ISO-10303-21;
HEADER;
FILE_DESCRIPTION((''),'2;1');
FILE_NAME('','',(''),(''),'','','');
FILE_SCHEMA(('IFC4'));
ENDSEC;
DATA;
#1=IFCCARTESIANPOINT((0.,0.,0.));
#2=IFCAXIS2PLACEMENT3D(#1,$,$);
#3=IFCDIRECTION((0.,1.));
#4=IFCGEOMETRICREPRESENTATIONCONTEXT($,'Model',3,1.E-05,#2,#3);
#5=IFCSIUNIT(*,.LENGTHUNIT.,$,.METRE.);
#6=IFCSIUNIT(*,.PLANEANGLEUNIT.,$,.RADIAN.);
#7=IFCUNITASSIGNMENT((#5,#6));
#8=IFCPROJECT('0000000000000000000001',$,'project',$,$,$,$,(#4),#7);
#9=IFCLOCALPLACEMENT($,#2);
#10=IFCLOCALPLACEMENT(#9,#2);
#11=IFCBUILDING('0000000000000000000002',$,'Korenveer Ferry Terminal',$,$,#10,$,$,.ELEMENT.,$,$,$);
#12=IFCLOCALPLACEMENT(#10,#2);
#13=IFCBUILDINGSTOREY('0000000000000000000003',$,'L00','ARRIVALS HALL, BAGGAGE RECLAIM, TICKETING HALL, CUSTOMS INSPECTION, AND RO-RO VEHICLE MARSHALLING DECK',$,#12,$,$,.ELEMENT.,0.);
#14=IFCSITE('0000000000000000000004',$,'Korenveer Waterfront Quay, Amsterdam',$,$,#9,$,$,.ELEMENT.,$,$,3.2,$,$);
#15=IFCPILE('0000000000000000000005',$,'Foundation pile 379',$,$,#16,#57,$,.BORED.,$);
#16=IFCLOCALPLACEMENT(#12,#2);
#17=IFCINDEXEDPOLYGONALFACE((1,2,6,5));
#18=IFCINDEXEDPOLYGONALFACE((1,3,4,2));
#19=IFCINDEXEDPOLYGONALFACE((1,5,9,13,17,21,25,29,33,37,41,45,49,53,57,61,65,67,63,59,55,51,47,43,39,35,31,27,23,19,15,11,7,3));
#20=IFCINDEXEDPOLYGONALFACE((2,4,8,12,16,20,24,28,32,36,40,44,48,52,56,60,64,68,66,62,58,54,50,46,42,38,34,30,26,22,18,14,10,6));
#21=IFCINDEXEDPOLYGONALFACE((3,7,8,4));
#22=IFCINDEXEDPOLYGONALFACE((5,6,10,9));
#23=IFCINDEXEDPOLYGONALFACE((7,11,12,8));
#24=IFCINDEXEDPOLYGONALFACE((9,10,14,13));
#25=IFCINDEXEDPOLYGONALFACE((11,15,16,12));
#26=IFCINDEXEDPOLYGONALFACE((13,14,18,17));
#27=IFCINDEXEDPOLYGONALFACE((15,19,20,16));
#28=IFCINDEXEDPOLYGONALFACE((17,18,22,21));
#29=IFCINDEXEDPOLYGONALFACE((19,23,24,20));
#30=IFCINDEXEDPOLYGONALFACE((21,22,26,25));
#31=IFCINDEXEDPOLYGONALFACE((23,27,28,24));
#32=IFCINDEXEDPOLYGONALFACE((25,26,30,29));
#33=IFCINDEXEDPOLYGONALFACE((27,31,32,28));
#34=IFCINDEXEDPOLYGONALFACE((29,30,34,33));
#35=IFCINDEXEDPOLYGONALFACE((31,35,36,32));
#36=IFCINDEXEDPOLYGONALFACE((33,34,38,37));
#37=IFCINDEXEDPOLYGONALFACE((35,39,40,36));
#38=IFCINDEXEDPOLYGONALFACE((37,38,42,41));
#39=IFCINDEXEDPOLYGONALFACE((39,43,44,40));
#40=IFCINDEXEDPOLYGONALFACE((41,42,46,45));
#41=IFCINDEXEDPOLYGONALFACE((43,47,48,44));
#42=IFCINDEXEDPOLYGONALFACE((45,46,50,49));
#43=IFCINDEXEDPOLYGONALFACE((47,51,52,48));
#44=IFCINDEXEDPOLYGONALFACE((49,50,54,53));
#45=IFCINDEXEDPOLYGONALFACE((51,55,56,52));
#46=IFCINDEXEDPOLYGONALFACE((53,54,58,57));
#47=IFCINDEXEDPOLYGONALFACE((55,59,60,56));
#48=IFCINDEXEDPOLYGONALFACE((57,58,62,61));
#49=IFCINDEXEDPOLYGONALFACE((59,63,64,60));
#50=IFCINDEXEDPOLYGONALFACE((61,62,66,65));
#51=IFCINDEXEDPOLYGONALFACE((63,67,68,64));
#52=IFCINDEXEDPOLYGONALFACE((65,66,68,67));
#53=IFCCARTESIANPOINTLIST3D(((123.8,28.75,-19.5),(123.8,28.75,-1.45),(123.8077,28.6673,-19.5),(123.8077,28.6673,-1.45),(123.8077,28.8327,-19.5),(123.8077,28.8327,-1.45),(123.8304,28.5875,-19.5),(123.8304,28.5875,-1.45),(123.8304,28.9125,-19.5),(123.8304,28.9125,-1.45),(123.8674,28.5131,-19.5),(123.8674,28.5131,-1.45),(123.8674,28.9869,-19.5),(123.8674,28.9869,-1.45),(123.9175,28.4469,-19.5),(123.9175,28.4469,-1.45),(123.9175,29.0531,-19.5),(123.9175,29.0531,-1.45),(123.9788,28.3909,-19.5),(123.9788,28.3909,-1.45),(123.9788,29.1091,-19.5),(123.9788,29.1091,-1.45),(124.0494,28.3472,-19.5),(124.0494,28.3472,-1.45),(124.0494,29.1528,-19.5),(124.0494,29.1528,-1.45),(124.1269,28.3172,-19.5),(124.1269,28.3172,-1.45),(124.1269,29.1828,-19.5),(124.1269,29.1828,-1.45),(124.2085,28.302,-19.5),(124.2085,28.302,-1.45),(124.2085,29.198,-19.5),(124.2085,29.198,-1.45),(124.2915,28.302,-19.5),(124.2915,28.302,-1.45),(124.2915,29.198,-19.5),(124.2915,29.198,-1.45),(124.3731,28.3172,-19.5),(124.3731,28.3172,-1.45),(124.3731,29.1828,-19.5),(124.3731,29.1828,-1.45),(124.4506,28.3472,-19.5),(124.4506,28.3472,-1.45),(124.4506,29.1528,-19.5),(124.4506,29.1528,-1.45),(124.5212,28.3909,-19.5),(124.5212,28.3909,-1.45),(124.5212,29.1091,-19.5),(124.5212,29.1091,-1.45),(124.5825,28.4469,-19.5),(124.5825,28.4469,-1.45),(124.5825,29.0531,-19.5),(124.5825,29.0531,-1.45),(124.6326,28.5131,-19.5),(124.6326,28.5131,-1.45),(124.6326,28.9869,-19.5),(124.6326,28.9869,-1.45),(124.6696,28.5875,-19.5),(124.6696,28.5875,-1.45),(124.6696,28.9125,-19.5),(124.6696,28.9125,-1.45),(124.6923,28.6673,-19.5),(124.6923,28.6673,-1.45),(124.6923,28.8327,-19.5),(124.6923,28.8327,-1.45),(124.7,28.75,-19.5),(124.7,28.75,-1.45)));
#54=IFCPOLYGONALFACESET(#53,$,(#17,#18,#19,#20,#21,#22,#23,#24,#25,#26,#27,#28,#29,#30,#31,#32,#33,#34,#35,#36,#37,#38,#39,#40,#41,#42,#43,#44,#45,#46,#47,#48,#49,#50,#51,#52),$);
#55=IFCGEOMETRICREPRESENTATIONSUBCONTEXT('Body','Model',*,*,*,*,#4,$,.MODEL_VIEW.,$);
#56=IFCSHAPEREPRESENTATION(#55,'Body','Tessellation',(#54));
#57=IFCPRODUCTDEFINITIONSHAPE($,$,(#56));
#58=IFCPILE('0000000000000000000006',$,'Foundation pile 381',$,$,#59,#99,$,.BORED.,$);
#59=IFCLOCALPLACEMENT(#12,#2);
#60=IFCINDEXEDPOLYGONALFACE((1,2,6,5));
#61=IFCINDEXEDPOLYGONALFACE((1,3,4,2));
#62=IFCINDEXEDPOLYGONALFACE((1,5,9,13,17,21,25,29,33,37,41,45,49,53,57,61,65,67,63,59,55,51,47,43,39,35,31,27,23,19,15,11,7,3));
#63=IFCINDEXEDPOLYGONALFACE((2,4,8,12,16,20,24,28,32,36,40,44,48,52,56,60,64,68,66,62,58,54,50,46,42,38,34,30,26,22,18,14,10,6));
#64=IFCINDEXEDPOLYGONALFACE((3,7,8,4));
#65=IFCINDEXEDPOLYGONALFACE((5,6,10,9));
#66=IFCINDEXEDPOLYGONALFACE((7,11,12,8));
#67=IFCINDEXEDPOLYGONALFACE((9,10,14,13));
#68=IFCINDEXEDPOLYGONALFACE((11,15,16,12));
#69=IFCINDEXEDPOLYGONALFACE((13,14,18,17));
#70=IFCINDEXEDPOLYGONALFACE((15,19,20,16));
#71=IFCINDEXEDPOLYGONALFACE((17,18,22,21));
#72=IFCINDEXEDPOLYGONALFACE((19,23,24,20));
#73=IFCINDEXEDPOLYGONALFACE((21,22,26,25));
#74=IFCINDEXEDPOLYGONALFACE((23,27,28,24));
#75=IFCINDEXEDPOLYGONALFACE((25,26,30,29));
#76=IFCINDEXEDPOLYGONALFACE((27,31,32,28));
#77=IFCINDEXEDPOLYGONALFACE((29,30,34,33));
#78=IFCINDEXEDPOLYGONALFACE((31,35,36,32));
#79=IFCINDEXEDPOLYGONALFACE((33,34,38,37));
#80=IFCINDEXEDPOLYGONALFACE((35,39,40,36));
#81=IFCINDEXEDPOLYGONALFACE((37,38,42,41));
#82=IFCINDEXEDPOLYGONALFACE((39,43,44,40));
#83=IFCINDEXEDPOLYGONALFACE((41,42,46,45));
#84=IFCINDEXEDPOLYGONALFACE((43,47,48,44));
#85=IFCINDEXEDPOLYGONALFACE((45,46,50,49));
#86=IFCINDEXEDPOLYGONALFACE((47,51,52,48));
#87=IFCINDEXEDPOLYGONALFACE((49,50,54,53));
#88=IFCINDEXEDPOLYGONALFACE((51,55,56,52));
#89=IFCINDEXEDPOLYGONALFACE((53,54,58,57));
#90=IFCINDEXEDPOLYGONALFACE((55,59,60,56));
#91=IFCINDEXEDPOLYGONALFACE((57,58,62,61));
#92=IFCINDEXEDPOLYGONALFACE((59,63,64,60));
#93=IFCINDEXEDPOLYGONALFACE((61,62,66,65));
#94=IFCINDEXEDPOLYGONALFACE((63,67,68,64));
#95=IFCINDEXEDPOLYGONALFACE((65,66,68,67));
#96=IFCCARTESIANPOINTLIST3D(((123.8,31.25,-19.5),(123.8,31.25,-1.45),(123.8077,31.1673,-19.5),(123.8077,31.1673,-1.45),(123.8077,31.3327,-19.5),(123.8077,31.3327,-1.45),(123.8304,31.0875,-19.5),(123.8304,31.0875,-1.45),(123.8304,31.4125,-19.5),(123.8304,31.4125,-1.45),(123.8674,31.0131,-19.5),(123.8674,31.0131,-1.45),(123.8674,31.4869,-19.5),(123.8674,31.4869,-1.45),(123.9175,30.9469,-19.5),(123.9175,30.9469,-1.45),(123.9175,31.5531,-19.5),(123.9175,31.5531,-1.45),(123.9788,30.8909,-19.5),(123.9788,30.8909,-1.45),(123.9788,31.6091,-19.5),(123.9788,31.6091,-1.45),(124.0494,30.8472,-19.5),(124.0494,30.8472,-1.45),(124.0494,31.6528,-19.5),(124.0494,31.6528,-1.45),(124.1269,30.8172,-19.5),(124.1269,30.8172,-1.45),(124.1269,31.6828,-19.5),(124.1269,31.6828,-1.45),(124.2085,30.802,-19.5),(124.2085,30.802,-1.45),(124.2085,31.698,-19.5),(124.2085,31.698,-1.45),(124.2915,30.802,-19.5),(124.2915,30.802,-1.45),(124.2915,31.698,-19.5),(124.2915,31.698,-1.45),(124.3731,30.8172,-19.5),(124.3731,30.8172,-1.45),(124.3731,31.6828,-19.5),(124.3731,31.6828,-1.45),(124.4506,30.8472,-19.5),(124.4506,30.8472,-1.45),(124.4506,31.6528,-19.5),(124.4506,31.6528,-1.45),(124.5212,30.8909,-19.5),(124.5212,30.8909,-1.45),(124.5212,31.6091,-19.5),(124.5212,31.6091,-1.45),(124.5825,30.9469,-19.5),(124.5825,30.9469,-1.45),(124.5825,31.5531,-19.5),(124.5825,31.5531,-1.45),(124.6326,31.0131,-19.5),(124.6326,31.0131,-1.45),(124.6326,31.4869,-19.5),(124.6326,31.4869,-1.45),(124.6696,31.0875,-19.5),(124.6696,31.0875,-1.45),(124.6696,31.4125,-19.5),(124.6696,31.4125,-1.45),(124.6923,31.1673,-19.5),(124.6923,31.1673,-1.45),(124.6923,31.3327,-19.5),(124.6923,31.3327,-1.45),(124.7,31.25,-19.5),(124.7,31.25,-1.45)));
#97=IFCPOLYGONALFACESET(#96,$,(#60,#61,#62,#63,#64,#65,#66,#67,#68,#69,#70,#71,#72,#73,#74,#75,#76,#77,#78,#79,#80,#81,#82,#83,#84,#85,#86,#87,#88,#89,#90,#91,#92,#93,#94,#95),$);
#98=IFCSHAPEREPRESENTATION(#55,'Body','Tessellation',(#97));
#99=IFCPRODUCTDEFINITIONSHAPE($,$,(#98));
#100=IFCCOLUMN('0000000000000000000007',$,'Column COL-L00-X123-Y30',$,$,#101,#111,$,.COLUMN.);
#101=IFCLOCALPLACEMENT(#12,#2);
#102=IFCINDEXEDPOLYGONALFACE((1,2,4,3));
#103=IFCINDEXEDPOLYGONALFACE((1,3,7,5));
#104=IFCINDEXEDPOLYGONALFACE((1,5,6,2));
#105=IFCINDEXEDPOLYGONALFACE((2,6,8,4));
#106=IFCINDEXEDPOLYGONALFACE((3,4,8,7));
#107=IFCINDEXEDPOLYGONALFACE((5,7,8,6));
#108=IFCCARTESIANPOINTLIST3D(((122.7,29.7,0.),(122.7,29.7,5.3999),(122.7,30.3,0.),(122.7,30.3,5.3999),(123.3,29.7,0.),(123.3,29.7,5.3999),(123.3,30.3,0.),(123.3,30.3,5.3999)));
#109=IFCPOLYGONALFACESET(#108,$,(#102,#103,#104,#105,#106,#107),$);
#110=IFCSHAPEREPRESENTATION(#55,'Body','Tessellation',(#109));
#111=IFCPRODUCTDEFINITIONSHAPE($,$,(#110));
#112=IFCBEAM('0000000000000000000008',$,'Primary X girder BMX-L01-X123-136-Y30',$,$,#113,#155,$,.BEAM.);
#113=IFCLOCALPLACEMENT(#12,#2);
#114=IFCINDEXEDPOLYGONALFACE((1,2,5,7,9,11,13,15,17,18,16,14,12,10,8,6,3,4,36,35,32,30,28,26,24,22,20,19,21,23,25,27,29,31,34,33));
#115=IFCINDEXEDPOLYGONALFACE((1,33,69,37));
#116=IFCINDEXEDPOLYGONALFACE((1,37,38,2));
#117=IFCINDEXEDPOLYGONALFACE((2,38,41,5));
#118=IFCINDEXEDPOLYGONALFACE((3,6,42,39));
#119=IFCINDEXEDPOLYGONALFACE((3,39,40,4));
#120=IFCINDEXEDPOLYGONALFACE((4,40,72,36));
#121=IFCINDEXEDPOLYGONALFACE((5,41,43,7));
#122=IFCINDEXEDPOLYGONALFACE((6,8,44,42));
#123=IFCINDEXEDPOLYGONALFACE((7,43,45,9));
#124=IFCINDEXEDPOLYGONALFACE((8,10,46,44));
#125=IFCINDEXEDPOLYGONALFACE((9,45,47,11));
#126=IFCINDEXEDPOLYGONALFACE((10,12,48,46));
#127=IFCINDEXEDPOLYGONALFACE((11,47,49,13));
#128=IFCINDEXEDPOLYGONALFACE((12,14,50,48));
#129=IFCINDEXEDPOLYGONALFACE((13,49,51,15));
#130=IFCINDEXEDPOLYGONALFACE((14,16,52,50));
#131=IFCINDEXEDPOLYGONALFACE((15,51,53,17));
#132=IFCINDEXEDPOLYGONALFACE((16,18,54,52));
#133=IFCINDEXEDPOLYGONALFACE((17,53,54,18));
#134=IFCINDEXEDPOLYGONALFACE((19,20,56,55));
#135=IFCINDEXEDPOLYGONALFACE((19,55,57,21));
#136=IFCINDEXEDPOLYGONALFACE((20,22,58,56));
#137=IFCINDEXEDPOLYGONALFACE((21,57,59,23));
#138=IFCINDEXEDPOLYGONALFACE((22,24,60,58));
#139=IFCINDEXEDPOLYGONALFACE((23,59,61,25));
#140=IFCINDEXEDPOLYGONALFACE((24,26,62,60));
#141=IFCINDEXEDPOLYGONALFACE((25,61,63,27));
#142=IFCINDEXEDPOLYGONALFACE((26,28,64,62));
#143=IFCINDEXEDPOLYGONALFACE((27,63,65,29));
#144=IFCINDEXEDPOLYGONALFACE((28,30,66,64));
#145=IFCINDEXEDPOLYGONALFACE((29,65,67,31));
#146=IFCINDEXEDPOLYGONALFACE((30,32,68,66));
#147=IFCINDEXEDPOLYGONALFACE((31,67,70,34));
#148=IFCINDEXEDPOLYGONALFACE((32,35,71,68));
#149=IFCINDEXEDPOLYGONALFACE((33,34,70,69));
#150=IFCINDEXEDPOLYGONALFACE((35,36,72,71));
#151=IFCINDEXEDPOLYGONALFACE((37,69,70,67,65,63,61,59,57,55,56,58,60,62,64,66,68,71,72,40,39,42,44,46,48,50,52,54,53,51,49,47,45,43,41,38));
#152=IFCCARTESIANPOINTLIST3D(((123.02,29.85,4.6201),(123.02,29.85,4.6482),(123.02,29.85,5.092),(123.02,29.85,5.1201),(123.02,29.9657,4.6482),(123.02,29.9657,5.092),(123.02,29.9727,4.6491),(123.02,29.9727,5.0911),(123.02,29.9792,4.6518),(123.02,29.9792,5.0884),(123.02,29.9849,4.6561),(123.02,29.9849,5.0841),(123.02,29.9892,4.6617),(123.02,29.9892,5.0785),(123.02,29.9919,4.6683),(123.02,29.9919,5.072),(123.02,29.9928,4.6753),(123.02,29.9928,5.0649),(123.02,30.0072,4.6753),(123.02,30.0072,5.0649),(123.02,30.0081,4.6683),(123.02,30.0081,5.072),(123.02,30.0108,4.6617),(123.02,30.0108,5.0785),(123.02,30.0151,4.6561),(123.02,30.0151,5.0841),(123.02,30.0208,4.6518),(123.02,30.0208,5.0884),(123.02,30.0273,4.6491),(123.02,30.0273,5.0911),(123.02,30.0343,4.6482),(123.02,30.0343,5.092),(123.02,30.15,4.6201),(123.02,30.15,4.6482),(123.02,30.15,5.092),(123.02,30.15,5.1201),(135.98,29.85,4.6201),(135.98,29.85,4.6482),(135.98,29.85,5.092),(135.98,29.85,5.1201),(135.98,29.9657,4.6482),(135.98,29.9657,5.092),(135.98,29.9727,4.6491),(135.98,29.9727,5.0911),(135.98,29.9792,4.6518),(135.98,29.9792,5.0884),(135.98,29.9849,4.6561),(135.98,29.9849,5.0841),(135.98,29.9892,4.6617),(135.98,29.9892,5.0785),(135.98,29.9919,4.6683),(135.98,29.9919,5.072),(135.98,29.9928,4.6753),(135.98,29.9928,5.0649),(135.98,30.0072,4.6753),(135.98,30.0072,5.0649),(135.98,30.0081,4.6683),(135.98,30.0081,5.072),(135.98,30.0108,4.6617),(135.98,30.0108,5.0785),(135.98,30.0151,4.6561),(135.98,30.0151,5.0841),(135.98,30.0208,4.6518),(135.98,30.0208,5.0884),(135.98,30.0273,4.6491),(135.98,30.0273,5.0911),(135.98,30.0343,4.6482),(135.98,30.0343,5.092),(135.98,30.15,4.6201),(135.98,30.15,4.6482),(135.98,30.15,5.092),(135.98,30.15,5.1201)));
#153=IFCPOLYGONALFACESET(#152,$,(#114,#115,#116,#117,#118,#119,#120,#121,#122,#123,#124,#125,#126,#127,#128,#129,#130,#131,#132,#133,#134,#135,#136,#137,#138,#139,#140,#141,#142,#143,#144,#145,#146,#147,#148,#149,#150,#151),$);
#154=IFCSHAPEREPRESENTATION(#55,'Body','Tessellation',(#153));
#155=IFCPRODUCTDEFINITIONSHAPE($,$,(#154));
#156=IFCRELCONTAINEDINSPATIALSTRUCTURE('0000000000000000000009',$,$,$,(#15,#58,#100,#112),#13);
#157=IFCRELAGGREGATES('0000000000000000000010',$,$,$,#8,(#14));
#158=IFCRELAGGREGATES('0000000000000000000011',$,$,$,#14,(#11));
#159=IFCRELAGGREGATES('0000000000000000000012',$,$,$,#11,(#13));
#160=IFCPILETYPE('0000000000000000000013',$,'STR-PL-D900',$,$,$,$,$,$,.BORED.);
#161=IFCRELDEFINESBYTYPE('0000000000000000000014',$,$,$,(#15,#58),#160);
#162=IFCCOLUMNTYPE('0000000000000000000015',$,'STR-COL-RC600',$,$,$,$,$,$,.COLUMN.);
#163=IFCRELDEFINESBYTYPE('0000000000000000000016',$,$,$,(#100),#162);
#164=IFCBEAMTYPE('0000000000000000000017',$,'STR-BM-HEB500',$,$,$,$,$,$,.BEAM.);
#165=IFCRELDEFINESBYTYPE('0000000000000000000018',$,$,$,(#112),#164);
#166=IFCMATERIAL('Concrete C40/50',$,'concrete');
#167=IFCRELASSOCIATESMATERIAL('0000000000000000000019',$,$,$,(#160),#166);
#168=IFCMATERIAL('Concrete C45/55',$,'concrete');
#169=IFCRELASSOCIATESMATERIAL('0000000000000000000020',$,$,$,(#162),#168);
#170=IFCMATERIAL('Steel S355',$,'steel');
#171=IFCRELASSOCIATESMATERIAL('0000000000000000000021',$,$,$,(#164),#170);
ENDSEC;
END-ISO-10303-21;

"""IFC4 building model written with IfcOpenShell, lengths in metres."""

from ifc_helpers import new_model, si_unit, direction, frame, origin, origin_2d, place, context, subcontext, project, spatial, rectangle, circle, i_section, extrude, material, material_profile, profile_set, type_object, element, save


model = new_model("IFC4")

# Units and contexts
model_context = context("Model", 3, precision=1e-05, world=origin(), true_north=direction((0.0, 1.0)))
body_context = subcontext(model_context, "Body", "Model", "MODEL_VIEW")
ifc_project = project(units=[si_unit("LENGTHUNIT", "METRE"), si_unit("PLANEANGLEUNIT", "RADIAN")], contexts=[model_context])

# Site, building, storey
site_placement = place(None, origin())
site = spatial("IfcSite", under=ifc_project, at=site_placement, Name="Korenveer Waterfront Quay, Amsterdam", CompositionType="ELEMENT", RefElevation=3.2)
building_placement = place(site_placement, origin())
building = spatial("IfcBuilding", under=site, at=building_placement, Name="Korenveer Ferry Terminal", CompositionType="ELEMENT")
storey_placement = place(building_placement, origin())
storey = spatial("IfcBuildingStorey", under=building, at=storey_placement, Name="L00", Description="ARRIVALS HALL, BAGGAGE RECLAIM, TICKETING HALL, CUSTOMS INSPECTION, AND RO-RO VEHICLE MARSHALLING DECK", CompositionType="ELEMENT", Elevation=0.0)

# Shared definitions
ifc_material_1 = material(Name="Concrete C40/50", Category="concrete")
ifc_material_2 = material(Name="Concrete C45/55", Category="concrete")

# Piles
ifc_material_profile_1 = material_profile(ifc_material_1, circle(Radius=0.45, at=origin_2d()), Name="PILE D900")
ifc_profile_set_1 = profile_set([ifc_material_profile_1], Name="Concrete C40/50")
pile_type = type_object("IfcPileType", Name="STR-PL-D900", PredefinedType="BORED", material=ifc_profile_set_1)
for number, where, z_axis, x_axis, name in (
    (1, (124.25, 28.75, -1.45), (0.0, 0.0, -1.0), (1.0, 0.0, 0.0), "Foundation pile 379"),
    (2, (124.25, 31.25, -1.45), (0.0, 0.0, -1.0), (1.0, 0.0, 0.0), "Foundation pile 381"),
):
    element("IfcPile", number, at=place(storey_placement, frame(where, z_axis=z_axis, x_axis=x_axis)), inside=storey, type_object=pile_type, Name=name, PredefinedType="BORED", context=body_context, shape_type="SweptSolid", body=[
        extrude(circle(Radius=0.45, at=origin_2d()), origin(), (0.0, 0.0, 1.0), 18.05),
    ])

# Column
ifc_material_profile_2 = material_profile(ifc_material_2, rectangle(XDim=0.6001, YDim=0.6001, at=origin_2d()), Name="RC 600x600")
ifc_profile_set_2 = profile_set([ifc_material_profile_2], Name="Concrete C45/55")
column_type = type_object("IfcColumnType", Name="STR-COL-RC600", PredefinedType="COLUMN", material=ifc_profile_set_2)
column_placement = place(storey_placement, frame((123.0, 30.0, 0.0), z_axis=(0.0, 0.0, 1.0), x_axis=(1.0, 0.0, 0.0)))
element("IfcColumn", 3, at=column_placement, inside=storey, type_object=column_type, Name="Column COL-L00-X123-Y30", PredefinedType="COLUMN", context=body_context, shape_type="SweptSolid", body=[
    extrude(rectangle(XDim=0.6001, YDim=0.6001, at=origin_2d()), origin(), (0.0, 0.0, 1.0), 5.3999),
])

# Beam
ifc_material_3 = material(Name="Steel S355", Category="steel")
ifc_material_profile_3 = material_profile(ifc_material_3, i_section(OverallWidth=0.3, OverallDepth=0.5, WebThickness=0.0144, FlangeThickness=0.0281, FilletRadius=0.0271, at=origin_2d()), Name="HEB 500")
ifc_profile_set_3 = profile_set([ifc_material_profile_3], Name="Steel S355")
beam_type_1 = type_object("IfcBeamType", Name="STR-BM-HEB500", PredefinedType="BEAM", material=ifc_profile_set_3)
beam_1_placement = place(storey_placement, frame((123.02, 30.0, 4.8701), z_axis=(1.0, 0.0, 0.0), x_axis=(0.0, 1.0, 0.0)))
element("IfcBeam", 4, at=beam_1_placement, inside=storey, type_object=beam_type_1, Name="Primary X girder BMX-L01-X123-136-Y30", PredefinedType="BEAM", context=body_context, shape_type="SweptSolid", body=[
    extrude(i_section(OverallWidth=0.3, OverallDepth=0.5, WebThickness=0.0144, FlangeThickness=0.0281, FilletRadius=0.0271, at=origin_2d()), origin(), (0.0, 0.0, 1.0), 12.96),
])

save(model, "model.ifc")
